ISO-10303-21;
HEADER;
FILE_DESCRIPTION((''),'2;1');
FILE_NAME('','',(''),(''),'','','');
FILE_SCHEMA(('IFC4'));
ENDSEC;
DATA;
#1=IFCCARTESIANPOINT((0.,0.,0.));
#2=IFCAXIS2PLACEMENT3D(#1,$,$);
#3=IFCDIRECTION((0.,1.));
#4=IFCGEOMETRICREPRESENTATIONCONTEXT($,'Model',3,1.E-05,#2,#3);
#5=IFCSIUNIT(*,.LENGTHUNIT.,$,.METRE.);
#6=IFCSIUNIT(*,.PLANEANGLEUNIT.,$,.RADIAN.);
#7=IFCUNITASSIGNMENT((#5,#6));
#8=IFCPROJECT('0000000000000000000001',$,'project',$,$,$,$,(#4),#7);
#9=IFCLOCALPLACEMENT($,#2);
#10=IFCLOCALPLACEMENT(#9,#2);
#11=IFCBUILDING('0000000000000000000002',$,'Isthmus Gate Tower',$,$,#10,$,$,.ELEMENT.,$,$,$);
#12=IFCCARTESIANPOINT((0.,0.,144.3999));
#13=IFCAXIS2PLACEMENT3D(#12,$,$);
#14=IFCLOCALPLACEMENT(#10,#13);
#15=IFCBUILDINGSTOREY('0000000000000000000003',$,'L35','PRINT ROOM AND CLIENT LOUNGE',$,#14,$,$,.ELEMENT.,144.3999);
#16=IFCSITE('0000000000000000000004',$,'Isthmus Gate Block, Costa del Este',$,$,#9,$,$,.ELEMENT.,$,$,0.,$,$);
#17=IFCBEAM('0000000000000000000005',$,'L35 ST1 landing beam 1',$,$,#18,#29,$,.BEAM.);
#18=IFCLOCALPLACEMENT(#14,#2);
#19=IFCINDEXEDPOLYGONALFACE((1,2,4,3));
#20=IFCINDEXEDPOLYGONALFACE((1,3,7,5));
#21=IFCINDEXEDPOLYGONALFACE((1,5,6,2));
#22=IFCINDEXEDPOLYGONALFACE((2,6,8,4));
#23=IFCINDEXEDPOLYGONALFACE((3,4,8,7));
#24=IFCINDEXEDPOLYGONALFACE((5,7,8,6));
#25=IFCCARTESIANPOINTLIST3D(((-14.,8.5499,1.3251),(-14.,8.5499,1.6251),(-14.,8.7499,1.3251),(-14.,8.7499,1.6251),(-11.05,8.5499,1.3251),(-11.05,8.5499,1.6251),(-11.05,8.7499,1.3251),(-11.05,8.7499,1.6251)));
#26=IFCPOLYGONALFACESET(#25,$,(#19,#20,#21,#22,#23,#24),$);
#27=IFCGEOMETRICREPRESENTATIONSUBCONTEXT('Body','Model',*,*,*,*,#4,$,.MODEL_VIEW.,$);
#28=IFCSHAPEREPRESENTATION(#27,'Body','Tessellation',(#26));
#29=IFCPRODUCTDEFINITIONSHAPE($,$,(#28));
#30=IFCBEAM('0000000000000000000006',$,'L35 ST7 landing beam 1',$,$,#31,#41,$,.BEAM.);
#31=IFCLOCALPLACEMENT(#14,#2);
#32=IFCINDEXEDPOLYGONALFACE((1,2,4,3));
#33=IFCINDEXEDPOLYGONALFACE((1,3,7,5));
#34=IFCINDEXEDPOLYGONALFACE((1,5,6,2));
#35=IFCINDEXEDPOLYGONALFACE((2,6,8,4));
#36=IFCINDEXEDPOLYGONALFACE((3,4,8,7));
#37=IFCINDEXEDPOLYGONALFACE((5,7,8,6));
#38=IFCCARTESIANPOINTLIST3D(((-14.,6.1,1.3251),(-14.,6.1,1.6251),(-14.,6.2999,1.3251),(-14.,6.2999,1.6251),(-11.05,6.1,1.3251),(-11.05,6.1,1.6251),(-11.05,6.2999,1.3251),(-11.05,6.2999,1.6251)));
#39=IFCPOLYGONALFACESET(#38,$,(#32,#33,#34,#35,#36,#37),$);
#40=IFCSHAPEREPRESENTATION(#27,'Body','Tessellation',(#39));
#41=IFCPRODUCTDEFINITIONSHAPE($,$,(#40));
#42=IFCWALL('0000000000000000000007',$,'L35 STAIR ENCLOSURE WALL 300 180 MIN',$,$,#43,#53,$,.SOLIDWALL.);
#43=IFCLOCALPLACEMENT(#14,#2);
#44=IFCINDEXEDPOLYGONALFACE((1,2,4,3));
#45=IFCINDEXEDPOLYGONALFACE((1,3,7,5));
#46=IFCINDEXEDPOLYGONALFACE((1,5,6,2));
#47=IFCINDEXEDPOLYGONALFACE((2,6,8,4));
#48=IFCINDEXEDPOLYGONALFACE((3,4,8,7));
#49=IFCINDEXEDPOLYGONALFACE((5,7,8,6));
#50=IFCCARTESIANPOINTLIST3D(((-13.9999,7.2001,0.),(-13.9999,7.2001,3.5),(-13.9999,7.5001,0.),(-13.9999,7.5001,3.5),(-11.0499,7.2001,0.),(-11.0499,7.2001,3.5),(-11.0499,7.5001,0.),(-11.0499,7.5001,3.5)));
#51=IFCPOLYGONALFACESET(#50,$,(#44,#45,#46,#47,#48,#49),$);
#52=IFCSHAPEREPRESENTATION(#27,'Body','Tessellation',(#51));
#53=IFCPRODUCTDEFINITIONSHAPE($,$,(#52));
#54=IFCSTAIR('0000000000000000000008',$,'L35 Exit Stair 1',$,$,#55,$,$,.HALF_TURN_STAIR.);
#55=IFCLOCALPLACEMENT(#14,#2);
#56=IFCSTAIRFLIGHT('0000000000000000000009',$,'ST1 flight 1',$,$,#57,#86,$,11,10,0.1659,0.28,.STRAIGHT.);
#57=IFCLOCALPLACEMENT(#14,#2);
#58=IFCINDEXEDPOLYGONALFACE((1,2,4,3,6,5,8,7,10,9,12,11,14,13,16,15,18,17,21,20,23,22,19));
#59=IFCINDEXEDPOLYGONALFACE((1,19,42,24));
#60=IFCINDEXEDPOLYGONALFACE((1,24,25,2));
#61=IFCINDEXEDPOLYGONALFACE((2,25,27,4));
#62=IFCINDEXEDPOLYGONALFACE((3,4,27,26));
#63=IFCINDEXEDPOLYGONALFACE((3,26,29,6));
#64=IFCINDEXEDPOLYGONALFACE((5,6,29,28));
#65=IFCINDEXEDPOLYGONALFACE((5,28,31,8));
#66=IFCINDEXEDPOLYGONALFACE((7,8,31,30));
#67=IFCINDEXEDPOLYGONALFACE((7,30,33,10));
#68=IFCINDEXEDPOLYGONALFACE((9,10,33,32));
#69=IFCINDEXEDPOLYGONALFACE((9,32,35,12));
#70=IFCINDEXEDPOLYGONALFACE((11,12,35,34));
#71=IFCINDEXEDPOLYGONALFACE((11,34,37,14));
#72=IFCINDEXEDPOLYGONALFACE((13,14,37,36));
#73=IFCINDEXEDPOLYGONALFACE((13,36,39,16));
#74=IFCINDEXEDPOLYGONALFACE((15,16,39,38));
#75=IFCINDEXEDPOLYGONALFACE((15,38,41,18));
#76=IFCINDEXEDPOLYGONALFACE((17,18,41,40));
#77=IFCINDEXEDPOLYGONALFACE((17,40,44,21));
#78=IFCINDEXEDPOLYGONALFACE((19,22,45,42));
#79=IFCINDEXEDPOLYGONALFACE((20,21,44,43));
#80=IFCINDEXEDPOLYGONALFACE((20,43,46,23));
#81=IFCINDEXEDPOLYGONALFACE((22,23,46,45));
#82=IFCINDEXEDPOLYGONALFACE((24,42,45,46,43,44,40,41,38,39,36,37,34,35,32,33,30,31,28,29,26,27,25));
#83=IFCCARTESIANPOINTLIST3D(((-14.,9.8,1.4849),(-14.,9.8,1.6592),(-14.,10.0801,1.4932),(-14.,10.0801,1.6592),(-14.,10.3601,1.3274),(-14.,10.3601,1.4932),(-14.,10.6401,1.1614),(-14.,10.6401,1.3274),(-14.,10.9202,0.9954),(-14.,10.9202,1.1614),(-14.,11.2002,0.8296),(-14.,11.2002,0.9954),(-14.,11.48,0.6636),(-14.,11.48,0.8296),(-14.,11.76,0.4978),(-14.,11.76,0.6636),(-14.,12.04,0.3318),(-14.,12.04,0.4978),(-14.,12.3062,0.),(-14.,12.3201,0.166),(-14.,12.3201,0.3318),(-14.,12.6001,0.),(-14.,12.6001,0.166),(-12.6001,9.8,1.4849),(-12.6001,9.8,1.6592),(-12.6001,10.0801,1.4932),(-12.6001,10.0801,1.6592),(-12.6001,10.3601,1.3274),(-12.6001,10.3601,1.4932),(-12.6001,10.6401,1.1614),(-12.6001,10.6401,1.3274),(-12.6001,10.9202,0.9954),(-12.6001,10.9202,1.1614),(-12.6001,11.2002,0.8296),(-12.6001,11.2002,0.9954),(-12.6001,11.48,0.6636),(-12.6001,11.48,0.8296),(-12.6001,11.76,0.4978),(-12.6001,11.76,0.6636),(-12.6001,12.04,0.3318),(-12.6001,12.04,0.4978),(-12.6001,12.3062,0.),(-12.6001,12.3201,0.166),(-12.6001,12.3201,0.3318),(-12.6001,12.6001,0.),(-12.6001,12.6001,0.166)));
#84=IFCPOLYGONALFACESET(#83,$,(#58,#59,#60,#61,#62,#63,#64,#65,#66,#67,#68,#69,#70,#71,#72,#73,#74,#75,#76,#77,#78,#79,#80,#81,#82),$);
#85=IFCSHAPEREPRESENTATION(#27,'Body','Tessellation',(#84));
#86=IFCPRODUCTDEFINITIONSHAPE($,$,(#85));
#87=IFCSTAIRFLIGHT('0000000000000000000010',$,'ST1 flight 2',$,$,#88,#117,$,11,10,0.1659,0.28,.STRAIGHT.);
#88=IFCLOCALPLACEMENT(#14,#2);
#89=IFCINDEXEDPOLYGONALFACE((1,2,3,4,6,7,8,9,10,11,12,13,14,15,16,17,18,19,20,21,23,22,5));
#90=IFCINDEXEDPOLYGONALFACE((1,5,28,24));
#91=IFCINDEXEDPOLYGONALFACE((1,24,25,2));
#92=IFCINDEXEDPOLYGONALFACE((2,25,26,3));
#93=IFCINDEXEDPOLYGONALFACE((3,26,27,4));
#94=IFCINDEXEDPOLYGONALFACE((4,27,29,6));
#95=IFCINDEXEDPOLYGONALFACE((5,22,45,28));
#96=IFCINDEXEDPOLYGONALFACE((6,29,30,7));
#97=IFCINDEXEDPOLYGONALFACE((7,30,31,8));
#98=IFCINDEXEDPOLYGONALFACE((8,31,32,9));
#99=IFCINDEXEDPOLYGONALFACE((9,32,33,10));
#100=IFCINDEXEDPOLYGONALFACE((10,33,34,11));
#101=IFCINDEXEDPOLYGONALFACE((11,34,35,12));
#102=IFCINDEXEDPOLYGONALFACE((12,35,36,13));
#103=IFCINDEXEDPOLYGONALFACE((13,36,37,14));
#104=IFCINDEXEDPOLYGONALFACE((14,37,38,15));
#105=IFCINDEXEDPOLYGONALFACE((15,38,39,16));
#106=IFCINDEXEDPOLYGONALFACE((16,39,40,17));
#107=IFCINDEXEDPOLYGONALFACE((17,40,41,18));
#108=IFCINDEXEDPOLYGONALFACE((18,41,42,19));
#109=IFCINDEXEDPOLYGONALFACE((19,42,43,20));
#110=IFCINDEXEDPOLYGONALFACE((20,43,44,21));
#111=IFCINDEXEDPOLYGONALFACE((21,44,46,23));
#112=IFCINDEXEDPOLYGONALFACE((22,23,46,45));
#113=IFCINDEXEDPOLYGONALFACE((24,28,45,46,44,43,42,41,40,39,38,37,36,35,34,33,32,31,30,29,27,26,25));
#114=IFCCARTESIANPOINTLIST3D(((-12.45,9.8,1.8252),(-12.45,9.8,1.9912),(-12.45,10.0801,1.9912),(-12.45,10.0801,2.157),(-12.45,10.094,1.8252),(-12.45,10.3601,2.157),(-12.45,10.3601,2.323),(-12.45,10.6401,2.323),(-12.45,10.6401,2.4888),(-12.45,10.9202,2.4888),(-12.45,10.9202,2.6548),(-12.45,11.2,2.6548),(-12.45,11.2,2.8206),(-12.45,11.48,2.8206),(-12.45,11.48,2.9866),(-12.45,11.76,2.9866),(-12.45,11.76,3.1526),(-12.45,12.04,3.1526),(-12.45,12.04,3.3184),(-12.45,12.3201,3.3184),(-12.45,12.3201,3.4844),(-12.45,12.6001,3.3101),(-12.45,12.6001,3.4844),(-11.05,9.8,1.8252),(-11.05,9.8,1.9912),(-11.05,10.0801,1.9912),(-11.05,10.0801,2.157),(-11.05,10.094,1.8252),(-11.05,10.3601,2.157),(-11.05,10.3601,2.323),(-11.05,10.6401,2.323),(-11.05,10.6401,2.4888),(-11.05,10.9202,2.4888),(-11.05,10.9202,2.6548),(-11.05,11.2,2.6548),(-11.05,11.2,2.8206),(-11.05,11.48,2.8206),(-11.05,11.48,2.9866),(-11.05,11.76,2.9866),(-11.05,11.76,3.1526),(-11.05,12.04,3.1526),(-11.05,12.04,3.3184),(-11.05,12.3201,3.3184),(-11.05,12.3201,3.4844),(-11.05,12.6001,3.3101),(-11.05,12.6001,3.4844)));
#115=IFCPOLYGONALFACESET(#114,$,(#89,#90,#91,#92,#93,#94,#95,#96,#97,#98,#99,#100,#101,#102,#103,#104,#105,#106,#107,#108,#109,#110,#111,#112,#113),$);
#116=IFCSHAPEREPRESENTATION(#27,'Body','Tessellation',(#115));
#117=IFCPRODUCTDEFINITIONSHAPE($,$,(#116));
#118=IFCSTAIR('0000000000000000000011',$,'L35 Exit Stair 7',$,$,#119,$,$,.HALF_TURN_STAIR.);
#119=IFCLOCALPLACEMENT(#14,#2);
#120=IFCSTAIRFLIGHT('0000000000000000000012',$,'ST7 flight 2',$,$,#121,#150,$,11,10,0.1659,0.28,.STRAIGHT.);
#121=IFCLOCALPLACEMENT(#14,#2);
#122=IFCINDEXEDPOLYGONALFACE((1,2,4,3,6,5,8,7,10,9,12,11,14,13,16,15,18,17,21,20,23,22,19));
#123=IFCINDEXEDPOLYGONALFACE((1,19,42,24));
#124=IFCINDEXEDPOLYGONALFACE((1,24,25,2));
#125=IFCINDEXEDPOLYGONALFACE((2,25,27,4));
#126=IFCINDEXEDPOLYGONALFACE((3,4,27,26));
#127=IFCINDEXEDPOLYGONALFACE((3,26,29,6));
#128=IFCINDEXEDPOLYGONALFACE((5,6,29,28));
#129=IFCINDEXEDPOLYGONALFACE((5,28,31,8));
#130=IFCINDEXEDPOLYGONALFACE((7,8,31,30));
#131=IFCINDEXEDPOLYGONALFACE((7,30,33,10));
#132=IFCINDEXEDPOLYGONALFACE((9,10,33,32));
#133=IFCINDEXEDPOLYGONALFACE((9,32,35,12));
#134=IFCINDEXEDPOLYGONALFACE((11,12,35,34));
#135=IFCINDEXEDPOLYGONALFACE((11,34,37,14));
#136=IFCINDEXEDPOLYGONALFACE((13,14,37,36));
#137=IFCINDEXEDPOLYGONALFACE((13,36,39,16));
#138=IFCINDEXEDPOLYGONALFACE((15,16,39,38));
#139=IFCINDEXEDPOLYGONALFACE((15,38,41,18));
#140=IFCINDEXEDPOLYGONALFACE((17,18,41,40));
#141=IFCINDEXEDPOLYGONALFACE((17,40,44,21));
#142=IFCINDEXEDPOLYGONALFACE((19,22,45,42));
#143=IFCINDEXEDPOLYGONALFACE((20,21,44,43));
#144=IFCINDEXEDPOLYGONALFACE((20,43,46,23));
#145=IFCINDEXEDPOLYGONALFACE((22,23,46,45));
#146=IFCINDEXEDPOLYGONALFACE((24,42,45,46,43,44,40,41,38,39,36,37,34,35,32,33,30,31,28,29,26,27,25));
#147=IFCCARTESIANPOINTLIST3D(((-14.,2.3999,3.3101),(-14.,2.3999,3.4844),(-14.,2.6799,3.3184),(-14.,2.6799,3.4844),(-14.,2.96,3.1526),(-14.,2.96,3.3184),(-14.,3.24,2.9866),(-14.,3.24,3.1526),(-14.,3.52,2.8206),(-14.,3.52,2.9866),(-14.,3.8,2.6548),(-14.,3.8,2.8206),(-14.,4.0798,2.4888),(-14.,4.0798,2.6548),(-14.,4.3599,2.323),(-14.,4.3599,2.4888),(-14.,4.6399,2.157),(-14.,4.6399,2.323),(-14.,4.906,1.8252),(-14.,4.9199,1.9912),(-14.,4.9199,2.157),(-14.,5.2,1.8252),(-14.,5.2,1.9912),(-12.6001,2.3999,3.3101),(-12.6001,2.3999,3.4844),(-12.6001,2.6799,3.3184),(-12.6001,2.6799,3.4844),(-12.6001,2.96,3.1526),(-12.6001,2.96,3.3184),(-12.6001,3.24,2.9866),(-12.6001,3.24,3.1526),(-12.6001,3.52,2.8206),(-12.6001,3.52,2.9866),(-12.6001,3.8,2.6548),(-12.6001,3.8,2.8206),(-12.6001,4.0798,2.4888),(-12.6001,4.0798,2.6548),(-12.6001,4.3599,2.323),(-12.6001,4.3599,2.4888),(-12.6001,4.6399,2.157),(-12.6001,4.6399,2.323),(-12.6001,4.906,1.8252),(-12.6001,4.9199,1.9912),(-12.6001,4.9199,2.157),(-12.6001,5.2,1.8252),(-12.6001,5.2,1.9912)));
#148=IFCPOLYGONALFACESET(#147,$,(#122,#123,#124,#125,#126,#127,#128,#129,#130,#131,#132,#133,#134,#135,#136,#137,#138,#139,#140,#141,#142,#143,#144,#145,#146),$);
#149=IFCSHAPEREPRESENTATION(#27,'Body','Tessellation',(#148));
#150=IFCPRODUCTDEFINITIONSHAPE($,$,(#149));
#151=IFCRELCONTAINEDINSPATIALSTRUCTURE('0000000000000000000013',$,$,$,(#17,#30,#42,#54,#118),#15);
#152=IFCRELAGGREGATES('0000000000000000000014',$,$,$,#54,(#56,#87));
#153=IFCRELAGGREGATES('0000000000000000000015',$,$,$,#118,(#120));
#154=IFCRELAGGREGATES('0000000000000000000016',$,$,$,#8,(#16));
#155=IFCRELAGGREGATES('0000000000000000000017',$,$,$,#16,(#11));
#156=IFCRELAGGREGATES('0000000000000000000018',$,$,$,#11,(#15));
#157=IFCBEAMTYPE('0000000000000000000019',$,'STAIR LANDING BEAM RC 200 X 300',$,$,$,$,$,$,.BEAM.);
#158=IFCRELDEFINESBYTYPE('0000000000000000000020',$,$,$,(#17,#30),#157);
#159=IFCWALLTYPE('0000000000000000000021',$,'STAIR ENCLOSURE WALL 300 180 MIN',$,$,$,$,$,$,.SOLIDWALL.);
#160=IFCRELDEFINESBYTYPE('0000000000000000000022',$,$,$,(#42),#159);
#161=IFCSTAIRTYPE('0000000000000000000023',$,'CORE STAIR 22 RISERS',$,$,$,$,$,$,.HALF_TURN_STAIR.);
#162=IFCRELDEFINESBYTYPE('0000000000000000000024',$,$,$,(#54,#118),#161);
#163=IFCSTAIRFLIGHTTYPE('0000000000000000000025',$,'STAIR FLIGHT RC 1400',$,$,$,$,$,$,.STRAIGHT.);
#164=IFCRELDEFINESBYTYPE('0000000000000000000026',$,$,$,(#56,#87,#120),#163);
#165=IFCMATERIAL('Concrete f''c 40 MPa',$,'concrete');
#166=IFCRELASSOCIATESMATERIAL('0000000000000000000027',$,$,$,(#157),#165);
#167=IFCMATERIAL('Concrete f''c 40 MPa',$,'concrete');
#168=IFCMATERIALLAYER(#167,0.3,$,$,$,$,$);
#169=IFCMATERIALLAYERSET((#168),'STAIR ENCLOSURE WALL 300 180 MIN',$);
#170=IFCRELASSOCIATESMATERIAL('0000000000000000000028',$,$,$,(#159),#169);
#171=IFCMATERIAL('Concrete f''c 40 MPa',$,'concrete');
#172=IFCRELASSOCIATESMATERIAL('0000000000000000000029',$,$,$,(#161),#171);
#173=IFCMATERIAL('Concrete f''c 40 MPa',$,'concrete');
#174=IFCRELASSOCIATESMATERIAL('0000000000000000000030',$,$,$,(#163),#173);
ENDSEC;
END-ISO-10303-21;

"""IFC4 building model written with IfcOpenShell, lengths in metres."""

from ifc_helpers import new_model, si_unit, direction, frame, frame_2d, origin, origin_2d, place, context, subcontext, project, spatial, polyline, rectangle, outline, extrude, material, layer, layer_set, material_profile, profile_set, type_object, element, aggregate, save


model = new_model("IFC4")

# Units and contexts
model_context = context("Model", 3, precision=1e-05, world=origin(), true_north=direction((0.0, 1.0)))
body_context = subcontext(model_context, "Body", "Model", "MODEL_VIEW")
ifc_project = project(units=[si_unit("LENGTHUNIT", "METRE"), si_unit("PLANEANGLEUNIT", "RADIAN")], contexts=[model_context])

# Site, building, storey
site_placement = place(None, origin())
site = spatial("IfcSite", under=ifc_project, at=site_placement, Name="Isthmus Gate Block, Costa del Este", CompositionType="ELEMENT", RefElevation=0.0)
building_placement = place(site_placement, origin())
building = spatial("IfcBuilding", under=site, at=building_placement, Name="Isthmus Gate Tower", CompositionType="ELEMENT")
storey_placement = place(building_placement, frame((0.0, 0.0, 144.3999)))
storey = spatial("IfcBuildingStorey", under=building, at=storey_placement, Name="L35", Description="PRINT ROOM AND CLIENT LOUNGE", CompositionType="ELEMENT", Elevation=144.3999)

# Beams
ifc_material_1 = material(Name="Concrete f'c 40 MPa", Category="concrete")
ifc_material_profile = material_profile(ifc_material_1, rectangle(XDim=0.2, YDim=0.3, at=origin_2d()), Name="STAIR LANDING BEAM RC 200 X 300")
ifc_profile_set = profile_set([ifc_material_profile], Name="Concrete f'c 40 MPa")
beam_type = type_object("IfcBeamType", Name="STAIR LANDING BEAM RC 200 X 300", PredefinedType="BEAM", material=ifc_profile_set)
for number, where, z_axis, x_axis, name in (
    (1, (-14.0, 8.6499, 1.4751), (1.0, 0.0, 0.0), (0.0, 1.0, 0.0), "L35 ST1 landing beam 1"),
    (2, (-14.0, 6.2, 1.4751), (1.0, 0.0, 0.0), (0.0, 1.0, 0.0), "L35 ST7 landing beam 1"),
):
    element("IfcBeam", number, at=place(storey_placement, frame(where, z_axis=z_axis, x_axis=x_axis)), inside=storey, type_object=beam_type, Name=name, PredefinedType="BEAM", context=body_context, shape_type="SweptSolid", body=[
        extrude(rectangle(XDim=0.2, YDim=0.3, at=origin_2d()), origin(), (0.0, 0.0, 1.0), 2.95),
    ])

# Wall
ifc_material_2 = material(Name="Concrete f'c 40 MPa", Category="concrete")
ifc_layer = layer(ifc_material_2, 0.3)
ifc_layer_set = layer_set([ifc_layer], Name="STAIR ENCLOSURE WALL 300 180 MIN")
wall_type = type_object("IfcWallType", Name="STAIR ENCLOSURE WALL 300 180 MIN", PredefinedType="SOLIDWALL", material=ifc_layer_set)
wall_placement = place(storey_placement, frame((-14.0, 7.3501, 0.0), z_axis=(0.0, 0.0, 1.0), x_axis=(1.0, 0.0, 0.0)))
element("IfcWall", 3, at=wall_placement, inside=storey, type_object=wall_type, Name="L35 STAIR ENCLOSURE WALL 300 180 MIN", PredefinedType="SOLIDWALL", context=body_context, shape_type="SweptSolid", body=[
    extrude(rectangle(XDim=2.95, YDim=0.3, at=frame_2d((1.4751, 0.0))), origin(), (0.0, 0.0, 1.0), 3.5),
])

# Stair, stair flights
ifc_material_3 = material(Name="Concrete f'c 40 MPa", Category="concrete")
stair_type = type_object("IfcStairType", Name="CORE STAIR 22 RISERS", PredefinedType="HALF_TURN_STAIR", material=ifc_material_3)
stair_1_placement = place(storey_placement, origin())
stair_1 = element("IfcStair", 4, at=stair_1_placement, inside=storey, type_object=stair_type, Name="L35 Exit Stair 1", PredefinedType="HALF_TURN_STAIR")
ifc_material_4 = material(Name="Concrete f'c 40 MPa", Category="concrete")
stair_flight_type = type_object("IfcStairFlightType", Name="STAIR FLIGHT RC 1400", PredefinedType="STRAIGHT", material=ifc_material_4)
stair_flight_1_placement = place(storey_placement, frame((-13.3, 12.6001, 0.0), z_axis=(0.0, 0.0, 1.0), x_axis=(0.0, -1.0, 0.0)))
stair_flight_1 = element("IfcStairFlight", 5, at=stair_flight_1_placement, type_object=stair_flight_type, Name="ST1 flight 1", NumberOfRisers=11, NumberOfTreads=10, PredefinedType="STRAIGHT", RiserHeight=0.1659, TreadLength=0.28, context=body_context, shape_type="SweptSolid", body=[
    extrude(outline(polyline([(0.0, 0.0), (0.0, 0.166), (0.28, 0.166), (0.28, 0.3318), (0.5601, 0.3318), (0.5601, 0.4978), (0.8401, 0.4978), (0.8401, 0.6636), (1.1201, 0.6636), (1.1201, 0.8296), (1.3999, 0.8296), (1.3999, 0.9954), (1.6799, 0.9954), (1.6799, 1.1614), (1.96, 1.1614), (1.96, 1.3274), (2.24, 1.3274), (2.24, 1.4932), (2.52, 1.4932), (2.52, 1.6592), (2.8, 1.6592), (2.8, 1.825), (2.8, 1.4849), (0.2939, 0.0), (0.0, 0.0)])), frame((0.0, 0.7, 0.0), z_axis=(0.0, -1.0, 0.0), x_axis=(1.0, 0.0, 0.0)), (0.0, 0.0, 1.0), 1.3999),
])
stair_flight_2_placement = place(storey_placement, frame((-11.75, 9.8, 1.8252), z_axis=(0.0, 0.0, 1.0), x_axis=(0.0, 1.0, 0.0)))
stair_flight_2 = element("IfcStairFlight", 6, at=stair_flight_2_placement, type_object=stair_flight_type, Name="ST1 flight 2", NumberOfRisers=11, NumberOfTreads=10, PredefinedType="STRAIGHT", RiserHeight=0.1659, TreadLength=0.28, context=body_context, shape_type="SweptSolid", body=[
    extrude(outline(polyline([(0.0, 0.0), (0.0, 0.166), (0.28, 0.166), (0.28, 0.3318), (0.5601, 0.3318), (0.5601, 0.4978), (0.8401, 0.4978), (0.8401, 0.6636), (1.1201, 0.6636), (1.1201, 0.8296), (1.3999, 0.8296), (1.3999, 0.9954), (1.6799, 0.9954), (1.6799, 1.1614), (1.96, 1.1614), (1.96, 1.3274), (2.24, 1.3274), (2.24, 1.4932), (2.52, 1.4932), (2.52, 1.6592), (2.8, 1.6592), (2.8, 1.825), (2.8, 1.4849), (0.2939, 0.0), (0.0, 0.0)])), frame((0.0, 0.7, 0.0), z_axis=(0.0, -1.0, 0.0), x_axis=(1.0, 0.0, 0.0)), (0.0, 0.0, 1.0), 1.3999),
])
aggregate(stair_1, [stair_flight_1, stair_flight_2])

# Stair, stair flight
stair_2_placement = place(storey_placement, origin())
stair_2 = element("IfcStair", 7, at=stair_2_placement, inside=storey, type_object=stair_type, Name="L35 Exit Stair 7", PredefinedType="HALF_TURN_STAIR")
stair_flight_3_placement = place(storey_placement, frame((-13.3, 5.2, 1.8252), z_axis=(0.0, 0.0, 1.0), x_axis=(0.0, -1.0, 0.0)))
stair_flight_3 = element("IfcStairFlight", 8, at=stair_flight_3_placement, type_object=stair_flight_type, Name="ST7 flight 2", NumberOfRisers=11, NumberOfTreads=10, PredefinedType="STRAIGHT", RiserHeight=0.1659, TreadLength=0.28, context=body_context, shape_type="SweptSolid", body=[
    extrude(outline(polyline([(0.0, 0.0), (0.0, 0.166), (0.28, 0.166), (0.28, 0.3318), (0.5601, 0.3318), (0.5601, 0.4978), (0.8401, 0.4978), (0.8401, 0.6636), (1.1201, 0.6636), (1.1201, 0.8296), (1.3999, 0.8296), (1.3999, 0.9954), (1.6799, 0.9954), (1.6799, 1.1614), (1.96, 1.1614), (1.96, 1.3274), (2.24, 1.3274), (2.24, 1.4932), (2.52, 1.4932), (2.52, 1.6592), (2.8, 1.6592), (2.8, 1.825), (2.8, 1.4849), (0.2939, 0.0), (0.0, 0.0)])), frame((0.0, 0.7, 0.0), z_axis=(0.0, -1.0, 0.0), x_axis=(1.0, 0.0, 0.0)), (0.0, 0.0, 1.0), 1.3999),
])
aggregate(stair_2, [stair_flight_3])

save(model, "model.ifc")
